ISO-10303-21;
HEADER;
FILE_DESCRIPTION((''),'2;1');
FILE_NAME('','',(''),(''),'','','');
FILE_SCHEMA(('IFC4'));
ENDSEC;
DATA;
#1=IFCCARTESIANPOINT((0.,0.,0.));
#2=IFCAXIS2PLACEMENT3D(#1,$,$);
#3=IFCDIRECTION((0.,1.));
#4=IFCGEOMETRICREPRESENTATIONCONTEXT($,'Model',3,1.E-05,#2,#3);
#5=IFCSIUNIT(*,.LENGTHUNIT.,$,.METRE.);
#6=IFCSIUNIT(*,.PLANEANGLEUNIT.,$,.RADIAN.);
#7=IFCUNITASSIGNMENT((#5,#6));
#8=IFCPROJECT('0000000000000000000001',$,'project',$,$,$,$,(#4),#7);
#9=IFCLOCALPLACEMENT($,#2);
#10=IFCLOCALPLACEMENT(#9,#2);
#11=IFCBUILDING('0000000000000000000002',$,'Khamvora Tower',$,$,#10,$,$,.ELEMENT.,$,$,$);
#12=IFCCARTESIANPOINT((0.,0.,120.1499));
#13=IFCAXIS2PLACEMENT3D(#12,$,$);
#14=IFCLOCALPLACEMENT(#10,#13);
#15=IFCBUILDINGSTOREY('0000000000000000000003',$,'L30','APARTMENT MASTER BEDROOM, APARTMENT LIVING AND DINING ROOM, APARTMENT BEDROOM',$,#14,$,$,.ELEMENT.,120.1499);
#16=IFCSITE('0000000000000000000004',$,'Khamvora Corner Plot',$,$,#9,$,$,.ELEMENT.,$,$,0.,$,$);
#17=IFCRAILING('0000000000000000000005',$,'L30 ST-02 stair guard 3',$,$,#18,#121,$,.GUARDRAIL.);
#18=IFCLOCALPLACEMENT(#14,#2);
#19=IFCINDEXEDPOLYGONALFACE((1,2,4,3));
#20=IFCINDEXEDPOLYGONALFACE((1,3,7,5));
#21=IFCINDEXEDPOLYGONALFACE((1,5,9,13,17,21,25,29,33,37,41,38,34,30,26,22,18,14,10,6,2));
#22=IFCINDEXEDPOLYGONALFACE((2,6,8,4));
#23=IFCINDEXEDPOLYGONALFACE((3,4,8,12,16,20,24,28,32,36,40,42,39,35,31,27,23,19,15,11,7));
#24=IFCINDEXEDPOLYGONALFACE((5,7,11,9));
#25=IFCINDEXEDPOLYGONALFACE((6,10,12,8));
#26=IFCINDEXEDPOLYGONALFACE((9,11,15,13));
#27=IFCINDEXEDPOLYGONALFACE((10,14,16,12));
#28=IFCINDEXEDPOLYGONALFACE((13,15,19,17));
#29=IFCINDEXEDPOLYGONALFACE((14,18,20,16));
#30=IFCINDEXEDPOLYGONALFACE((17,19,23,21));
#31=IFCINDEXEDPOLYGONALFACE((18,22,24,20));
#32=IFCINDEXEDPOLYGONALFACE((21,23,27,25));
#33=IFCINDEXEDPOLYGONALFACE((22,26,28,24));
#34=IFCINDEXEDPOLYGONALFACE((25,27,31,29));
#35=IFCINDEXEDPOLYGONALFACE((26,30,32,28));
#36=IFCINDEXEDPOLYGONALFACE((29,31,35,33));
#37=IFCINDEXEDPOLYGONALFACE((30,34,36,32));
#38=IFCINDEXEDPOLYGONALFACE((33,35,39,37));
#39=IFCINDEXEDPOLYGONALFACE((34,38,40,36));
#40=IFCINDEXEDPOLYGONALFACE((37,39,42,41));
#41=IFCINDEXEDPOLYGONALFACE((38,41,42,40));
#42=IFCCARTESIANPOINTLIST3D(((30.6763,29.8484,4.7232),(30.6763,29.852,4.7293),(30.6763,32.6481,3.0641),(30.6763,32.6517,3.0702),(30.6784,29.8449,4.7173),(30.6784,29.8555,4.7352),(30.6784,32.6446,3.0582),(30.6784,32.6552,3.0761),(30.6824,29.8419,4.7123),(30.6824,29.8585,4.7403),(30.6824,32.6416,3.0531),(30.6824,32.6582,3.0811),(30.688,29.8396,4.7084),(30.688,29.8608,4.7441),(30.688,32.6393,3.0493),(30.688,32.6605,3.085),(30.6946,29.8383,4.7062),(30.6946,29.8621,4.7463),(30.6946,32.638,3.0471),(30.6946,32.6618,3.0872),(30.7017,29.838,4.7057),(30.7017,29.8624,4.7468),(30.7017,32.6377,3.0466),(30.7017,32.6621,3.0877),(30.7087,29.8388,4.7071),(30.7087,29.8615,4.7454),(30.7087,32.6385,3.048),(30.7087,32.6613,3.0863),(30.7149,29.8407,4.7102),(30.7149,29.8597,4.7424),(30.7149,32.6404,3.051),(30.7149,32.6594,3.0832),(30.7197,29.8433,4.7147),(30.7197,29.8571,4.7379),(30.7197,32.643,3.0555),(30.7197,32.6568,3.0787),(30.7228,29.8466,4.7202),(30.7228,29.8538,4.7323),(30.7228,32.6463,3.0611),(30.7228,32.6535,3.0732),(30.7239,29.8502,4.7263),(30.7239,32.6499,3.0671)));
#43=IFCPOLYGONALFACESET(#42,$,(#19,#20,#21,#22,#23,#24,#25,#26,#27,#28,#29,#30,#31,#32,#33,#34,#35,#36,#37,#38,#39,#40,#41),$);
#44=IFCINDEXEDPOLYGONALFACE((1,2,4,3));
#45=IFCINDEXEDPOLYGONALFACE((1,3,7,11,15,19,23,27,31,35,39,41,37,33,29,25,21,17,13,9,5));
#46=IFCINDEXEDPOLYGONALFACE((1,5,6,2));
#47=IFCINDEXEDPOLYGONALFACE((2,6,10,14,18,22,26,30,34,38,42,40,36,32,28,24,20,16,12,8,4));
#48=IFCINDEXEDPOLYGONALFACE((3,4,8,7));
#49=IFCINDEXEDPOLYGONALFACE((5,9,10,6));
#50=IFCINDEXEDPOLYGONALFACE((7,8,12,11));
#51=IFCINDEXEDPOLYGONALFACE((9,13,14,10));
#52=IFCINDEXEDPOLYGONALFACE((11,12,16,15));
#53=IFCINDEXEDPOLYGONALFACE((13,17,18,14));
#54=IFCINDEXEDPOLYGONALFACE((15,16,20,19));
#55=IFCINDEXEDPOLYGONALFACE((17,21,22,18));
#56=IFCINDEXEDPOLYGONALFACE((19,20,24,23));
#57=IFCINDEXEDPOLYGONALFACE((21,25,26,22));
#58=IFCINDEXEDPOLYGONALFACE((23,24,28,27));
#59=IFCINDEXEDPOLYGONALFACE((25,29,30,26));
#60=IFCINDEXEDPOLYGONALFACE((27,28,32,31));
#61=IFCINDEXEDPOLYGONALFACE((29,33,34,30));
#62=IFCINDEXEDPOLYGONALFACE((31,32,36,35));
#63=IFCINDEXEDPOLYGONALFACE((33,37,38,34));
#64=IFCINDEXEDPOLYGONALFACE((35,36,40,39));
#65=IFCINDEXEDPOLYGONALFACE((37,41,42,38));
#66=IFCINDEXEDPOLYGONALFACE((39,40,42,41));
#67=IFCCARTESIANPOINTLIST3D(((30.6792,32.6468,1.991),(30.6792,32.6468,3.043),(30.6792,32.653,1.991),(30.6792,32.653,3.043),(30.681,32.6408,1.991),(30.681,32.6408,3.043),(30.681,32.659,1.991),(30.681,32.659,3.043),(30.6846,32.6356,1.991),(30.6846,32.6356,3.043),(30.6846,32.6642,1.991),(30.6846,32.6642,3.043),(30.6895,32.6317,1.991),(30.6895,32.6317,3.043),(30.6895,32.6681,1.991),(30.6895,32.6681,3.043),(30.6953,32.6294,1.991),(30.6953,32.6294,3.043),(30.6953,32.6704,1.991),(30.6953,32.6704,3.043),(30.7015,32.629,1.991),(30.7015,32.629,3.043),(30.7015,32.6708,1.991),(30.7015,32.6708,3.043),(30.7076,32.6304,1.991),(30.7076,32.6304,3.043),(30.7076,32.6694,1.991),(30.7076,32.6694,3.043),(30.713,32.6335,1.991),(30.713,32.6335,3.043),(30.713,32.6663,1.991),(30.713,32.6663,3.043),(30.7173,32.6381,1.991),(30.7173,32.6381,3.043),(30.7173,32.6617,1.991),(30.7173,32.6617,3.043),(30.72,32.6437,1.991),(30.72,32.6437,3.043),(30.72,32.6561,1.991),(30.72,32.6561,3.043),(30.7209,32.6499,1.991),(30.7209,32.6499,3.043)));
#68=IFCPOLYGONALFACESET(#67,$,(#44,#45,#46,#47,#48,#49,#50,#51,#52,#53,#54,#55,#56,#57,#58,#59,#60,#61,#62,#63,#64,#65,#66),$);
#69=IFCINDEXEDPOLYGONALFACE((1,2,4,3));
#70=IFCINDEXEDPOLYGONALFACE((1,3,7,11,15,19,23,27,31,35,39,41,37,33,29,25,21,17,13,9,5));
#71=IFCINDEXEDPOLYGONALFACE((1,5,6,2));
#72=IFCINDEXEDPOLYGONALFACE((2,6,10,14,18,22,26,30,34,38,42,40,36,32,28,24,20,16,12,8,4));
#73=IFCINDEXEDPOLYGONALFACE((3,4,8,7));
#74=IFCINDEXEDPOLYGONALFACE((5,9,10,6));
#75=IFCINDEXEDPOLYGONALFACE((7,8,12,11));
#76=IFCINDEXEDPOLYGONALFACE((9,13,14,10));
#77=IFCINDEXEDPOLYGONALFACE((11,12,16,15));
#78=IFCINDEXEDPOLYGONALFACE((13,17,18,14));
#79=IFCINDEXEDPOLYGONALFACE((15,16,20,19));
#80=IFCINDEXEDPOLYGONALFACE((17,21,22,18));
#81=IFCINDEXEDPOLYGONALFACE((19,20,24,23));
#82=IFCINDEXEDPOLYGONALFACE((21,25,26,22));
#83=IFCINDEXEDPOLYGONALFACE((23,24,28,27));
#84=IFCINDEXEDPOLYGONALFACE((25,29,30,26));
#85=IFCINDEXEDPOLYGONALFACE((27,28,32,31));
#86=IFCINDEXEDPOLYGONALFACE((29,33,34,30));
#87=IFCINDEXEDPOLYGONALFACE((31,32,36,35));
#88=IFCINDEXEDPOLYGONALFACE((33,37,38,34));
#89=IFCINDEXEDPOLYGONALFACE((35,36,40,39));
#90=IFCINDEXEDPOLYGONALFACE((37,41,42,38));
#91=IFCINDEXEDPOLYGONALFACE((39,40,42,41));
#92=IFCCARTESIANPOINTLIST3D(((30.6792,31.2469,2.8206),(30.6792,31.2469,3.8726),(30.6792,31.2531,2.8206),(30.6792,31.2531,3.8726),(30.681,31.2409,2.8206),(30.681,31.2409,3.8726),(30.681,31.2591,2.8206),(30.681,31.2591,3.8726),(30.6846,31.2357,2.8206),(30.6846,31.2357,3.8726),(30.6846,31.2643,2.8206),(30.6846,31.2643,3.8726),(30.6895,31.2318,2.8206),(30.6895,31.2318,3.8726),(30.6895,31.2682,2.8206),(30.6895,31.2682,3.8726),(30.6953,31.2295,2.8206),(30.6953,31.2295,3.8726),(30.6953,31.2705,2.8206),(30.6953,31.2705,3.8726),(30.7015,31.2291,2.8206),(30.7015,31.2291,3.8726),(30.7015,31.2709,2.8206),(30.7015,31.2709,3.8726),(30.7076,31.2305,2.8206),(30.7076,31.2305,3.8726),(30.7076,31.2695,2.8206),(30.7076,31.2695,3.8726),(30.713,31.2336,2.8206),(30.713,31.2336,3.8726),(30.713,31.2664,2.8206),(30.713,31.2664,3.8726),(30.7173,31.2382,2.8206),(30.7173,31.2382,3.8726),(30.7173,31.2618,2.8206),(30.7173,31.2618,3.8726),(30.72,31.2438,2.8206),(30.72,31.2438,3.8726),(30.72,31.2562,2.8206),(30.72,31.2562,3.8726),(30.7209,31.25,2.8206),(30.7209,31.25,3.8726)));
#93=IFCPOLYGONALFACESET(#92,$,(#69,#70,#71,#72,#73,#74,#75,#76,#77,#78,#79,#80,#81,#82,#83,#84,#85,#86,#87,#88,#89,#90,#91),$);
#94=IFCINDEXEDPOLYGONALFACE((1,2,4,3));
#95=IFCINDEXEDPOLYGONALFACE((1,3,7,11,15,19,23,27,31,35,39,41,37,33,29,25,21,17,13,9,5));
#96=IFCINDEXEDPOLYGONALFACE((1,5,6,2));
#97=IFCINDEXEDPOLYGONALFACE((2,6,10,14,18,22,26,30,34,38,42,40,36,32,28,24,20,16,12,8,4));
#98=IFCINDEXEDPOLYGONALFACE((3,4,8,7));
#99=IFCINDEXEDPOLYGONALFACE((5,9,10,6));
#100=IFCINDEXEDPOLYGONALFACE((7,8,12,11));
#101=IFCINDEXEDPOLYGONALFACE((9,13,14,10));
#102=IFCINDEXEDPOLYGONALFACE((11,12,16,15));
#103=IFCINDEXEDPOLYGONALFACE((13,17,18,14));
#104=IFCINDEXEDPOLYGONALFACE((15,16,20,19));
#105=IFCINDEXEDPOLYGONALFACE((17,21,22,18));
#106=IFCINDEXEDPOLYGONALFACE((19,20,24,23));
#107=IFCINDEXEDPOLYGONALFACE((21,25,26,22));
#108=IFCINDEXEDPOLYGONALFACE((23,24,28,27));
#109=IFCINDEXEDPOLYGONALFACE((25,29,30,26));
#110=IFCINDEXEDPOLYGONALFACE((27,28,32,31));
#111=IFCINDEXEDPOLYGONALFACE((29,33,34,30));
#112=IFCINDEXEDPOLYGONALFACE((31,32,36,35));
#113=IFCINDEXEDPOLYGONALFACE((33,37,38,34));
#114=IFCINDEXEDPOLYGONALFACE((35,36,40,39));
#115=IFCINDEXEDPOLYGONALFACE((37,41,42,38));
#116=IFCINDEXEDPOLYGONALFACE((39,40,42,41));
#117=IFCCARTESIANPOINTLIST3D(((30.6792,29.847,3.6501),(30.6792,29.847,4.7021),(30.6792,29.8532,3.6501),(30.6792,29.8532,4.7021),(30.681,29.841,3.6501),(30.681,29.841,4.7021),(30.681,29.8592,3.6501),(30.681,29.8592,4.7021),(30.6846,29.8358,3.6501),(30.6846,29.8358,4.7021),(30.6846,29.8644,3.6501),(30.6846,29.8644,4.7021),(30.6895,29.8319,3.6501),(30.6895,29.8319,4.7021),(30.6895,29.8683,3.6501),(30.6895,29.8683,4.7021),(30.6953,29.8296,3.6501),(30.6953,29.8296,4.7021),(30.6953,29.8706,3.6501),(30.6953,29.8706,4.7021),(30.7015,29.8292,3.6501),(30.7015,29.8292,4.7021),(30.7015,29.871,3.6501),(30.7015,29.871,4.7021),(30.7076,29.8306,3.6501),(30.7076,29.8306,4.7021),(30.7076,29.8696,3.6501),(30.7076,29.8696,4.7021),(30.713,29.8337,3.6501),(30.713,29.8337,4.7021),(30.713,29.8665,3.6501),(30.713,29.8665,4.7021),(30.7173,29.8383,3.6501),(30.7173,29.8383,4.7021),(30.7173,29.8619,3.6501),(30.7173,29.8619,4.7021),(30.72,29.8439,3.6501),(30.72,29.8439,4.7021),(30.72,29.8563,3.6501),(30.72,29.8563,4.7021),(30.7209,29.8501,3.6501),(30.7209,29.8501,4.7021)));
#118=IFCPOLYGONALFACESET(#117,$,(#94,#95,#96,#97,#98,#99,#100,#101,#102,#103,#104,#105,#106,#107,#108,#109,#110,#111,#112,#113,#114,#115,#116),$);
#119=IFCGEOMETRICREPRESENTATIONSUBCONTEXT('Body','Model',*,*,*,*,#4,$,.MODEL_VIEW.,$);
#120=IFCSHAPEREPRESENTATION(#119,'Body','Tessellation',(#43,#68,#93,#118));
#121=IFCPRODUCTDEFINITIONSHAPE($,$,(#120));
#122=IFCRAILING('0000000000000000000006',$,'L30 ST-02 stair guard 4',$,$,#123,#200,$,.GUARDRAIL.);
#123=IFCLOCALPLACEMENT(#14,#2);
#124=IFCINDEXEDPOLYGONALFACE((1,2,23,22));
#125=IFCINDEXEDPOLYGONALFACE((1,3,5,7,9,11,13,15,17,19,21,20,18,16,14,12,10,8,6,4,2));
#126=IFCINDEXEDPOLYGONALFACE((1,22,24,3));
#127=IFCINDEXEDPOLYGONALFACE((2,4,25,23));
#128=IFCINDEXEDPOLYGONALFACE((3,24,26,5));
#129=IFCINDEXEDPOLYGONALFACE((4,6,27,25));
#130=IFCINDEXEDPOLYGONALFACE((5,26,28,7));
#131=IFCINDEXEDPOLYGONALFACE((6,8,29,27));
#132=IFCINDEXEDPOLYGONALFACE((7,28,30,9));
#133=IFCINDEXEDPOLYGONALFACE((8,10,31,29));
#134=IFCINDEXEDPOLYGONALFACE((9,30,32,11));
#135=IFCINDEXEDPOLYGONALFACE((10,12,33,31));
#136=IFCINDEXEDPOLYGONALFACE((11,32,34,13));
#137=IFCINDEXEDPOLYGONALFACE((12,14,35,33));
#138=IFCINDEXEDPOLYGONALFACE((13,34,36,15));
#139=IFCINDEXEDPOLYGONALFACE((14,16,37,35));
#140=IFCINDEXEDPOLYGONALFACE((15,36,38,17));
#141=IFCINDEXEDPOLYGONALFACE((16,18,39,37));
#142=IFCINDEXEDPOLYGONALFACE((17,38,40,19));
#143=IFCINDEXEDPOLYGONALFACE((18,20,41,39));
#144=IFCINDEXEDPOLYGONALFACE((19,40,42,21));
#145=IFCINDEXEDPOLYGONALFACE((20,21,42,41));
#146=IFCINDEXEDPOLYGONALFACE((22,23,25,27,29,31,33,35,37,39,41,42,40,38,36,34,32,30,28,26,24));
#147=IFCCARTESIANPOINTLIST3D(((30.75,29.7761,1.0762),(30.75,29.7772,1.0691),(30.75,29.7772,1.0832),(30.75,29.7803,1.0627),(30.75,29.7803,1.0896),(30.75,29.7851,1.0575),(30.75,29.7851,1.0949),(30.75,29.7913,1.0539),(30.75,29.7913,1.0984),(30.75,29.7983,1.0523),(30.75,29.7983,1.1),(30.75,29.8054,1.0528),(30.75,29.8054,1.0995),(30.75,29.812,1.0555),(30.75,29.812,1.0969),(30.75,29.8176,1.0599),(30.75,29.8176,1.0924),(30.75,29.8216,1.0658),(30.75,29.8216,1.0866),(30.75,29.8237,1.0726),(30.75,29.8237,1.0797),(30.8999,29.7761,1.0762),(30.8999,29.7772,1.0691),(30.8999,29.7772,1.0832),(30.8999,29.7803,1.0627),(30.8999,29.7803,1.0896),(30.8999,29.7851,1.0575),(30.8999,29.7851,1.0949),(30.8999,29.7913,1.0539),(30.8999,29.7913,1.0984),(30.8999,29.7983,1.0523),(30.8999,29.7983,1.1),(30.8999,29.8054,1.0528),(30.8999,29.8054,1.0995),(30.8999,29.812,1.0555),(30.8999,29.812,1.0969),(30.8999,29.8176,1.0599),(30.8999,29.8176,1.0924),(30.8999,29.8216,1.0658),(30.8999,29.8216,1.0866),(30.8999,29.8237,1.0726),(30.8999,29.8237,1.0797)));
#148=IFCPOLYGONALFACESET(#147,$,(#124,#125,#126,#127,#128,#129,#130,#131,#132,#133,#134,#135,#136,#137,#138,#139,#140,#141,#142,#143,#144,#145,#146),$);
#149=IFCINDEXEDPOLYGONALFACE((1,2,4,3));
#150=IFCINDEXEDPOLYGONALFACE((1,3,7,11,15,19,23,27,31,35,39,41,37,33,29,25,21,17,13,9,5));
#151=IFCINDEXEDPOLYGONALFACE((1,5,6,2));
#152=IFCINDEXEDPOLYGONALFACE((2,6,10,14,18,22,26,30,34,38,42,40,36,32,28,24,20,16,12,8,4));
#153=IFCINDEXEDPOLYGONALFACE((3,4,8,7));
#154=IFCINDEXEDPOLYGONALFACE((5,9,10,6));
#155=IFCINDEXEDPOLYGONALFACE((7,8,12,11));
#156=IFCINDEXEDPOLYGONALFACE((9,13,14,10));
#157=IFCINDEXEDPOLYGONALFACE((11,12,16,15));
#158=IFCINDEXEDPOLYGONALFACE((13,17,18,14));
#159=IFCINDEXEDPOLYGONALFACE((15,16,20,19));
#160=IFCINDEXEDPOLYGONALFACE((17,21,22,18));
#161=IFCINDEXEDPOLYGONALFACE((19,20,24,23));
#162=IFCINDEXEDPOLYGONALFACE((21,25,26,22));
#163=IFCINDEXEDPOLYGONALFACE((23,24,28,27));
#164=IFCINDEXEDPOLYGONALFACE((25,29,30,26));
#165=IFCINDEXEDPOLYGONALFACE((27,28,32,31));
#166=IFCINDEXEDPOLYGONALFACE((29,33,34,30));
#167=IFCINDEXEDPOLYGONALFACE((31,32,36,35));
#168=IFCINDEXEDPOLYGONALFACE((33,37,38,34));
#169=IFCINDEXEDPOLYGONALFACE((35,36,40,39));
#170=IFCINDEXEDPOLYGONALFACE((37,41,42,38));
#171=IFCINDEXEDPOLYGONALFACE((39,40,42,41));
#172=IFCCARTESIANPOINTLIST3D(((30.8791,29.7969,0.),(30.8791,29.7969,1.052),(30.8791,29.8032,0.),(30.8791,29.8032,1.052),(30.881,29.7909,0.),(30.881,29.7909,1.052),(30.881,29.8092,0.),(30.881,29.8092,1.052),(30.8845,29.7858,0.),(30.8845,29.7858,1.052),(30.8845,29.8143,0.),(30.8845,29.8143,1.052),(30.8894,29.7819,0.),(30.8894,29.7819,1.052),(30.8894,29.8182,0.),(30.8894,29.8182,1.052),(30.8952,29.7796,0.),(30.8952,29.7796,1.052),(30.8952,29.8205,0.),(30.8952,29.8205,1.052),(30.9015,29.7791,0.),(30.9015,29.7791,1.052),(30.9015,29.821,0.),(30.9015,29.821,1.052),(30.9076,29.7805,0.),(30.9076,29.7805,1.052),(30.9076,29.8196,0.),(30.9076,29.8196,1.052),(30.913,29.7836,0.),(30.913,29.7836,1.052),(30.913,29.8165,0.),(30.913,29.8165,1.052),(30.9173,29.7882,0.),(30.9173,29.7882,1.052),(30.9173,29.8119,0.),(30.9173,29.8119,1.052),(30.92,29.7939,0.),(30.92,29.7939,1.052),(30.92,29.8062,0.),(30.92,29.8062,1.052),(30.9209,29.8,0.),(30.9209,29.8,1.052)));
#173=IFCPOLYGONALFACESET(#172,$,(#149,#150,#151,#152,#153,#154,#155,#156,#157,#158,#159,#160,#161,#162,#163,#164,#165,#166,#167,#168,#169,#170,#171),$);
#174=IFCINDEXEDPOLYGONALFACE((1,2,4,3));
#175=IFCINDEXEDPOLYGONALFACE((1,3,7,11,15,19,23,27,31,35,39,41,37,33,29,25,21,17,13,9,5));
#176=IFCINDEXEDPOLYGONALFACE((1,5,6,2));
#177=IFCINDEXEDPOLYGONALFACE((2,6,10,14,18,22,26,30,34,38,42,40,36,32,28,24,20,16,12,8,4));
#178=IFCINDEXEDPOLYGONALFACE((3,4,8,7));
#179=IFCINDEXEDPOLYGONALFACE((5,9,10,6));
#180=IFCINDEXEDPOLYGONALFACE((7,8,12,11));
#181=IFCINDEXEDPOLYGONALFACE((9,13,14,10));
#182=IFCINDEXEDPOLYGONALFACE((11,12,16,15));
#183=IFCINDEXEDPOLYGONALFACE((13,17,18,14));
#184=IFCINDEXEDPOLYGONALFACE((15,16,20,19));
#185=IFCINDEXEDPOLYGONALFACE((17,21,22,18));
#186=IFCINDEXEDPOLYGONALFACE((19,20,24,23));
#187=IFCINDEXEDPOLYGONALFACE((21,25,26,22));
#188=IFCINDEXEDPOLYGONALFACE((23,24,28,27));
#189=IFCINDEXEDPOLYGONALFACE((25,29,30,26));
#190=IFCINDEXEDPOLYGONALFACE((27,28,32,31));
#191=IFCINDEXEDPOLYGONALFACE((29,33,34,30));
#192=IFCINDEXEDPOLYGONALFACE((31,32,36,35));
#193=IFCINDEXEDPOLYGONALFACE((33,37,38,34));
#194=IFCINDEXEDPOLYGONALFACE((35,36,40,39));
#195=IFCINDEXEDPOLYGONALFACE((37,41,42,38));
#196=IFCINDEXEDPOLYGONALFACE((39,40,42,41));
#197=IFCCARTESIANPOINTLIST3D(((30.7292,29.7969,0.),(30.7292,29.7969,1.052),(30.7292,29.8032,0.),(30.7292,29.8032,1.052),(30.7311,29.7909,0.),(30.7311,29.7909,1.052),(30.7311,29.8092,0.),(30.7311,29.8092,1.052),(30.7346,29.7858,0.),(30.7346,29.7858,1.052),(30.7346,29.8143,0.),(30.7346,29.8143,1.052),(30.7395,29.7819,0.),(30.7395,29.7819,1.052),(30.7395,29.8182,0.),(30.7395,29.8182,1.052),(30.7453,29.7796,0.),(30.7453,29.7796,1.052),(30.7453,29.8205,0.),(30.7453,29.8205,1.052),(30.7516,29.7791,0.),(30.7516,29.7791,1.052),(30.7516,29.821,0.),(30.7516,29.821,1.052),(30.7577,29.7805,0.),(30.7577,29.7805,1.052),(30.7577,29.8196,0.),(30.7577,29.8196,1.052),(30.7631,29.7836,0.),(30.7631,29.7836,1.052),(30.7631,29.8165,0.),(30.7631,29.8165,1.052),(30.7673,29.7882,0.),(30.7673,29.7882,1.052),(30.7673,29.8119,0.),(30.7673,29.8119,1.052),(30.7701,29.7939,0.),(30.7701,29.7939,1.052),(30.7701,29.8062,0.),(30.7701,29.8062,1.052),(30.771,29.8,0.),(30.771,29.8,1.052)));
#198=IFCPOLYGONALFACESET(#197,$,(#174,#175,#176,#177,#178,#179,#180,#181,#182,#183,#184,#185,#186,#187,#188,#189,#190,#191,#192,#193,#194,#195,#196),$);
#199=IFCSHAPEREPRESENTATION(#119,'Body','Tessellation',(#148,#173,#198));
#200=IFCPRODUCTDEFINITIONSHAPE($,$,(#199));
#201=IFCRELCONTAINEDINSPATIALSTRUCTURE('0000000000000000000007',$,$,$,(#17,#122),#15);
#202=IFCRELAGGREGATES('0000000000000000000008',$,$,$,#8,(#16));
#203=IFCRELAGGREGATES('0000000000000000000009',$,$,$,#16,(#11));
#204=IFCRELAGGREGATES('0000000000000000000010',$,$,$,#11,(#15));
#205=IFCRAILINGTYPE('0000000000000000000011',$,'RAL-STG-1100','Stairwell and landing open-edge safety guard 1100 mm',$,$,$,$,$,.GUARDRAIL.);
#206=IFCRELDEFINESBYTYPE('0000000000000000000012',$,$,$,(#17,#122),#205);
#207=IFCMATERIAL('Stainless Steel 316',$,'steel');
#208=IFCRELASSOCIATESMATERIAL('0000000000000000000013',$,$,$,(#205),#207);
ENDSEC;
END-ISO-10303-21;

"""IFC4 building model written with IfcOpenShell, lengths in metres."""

from ifc_helpers import new_model, si_unit, direction, frame, origin, origin_2d, place, context, subcontext, project, spatial, circle, extrude, material, type_object, element, save


model = new_model("IFC4")

# Units and contexts
model_context = context("Model", 3, precision=1e-05, world=origin(), true_north=direction((0.0, 1.0)))
body_context = subcontext(model_context, "Body", "Model", "MODEL_VIEW")
ifc_project = project(units=[si_unit("LENGTHUNIT", "METRE"), si_unit("PLANEANGLEUNIT", "RADIAN")], contexts=[model_context])

# Site, building, storey
site_placement = place(None, origin())
site = spatial("IfcSite", under=ifc_project, at=site_placement, Name="Khamvora Corner Plot", CompositionType="ELEMENT", RefElevation=0.0)
building_placement = place(site_placement, origin())
building = spatial("IfcBuilding", under=site, at=building_placement, Name="Khamvora Tower", CompositionType="ELEMENT")
storey_placement = place(building_placement, frame((0.0, 0.0, 120.1499)))
storey = spatial("IfcBuildingStorey", under=building, at=storey_placement, Name="L30", Description="APARTMENT MASTER BEDROOM, APARTMENT LIVING AND DINING ROOM, APARTMENT BEDROOM", CompositionType="ELEMENT", Elevation=120.1499)

# Railings
ifc_material_1 = material(Name="Stainless Steel 316", Category="steel")
railing_type_1 = type_object("IfcRailingType", Name="RAL-STG-1100", Description="Stairwell and landing open-edge safety guard 1100 mm", PredefinedType="GUARDRAIL", material=ifc_material_1)
railing_1_placement = place(storey_placement, frame((30.7, 32.6499, 1.991)))
element("IfcRailing", 1, at=railing_1_placement, inside=storey, type_object=railing_type_1, Name="L30 ST-02 stair guard 3", PredefinedType="GUARDRAIL", context=body_context, shape_type="SweptSolid", body=[
    extrude(circle(Radius=0.0239, at=origin_2d()), frame((0.0, 0.0, 1.0762), z_axis=(0.0, -0.860287, 0.509811), x_axis=(1.0, 0.0, 0.0)), (0.0, 0.0, 1.0), 3.2544),
    extrude(circle(Radius=0.021, at=origin_2d()), origin(), (0.0, 0.0, 1.0), 1.052),
    extrude(circle(Radius=0.021, at=origin_2d()), frame((0.0, -1.3999, 0.8296)), (0.0, 0.0, 1.0), 1.052),
    extrude(circle(Radius=0.021, at=origin_2d()), frame((0.0, -2.7998, 1.6592)), (0.0, 0.0, 1.0), 1.052),
])
railing_2_placement = place(storey_placement, frame((30.8999, 29.8, 0.0)))
element("IfcRailing", 2, at=railing_2_placement, inside=storey, type_object=railing_type_1, Name="L30 ST-02 stair guard 4", PredefinedType="GUARDRAIL", context=body_context, shape_type="SweptSolid", body=[
    extrude(circle(Radius=0.0239, at=origin_2d()), frame((0.0, 0.0, 1.0762), z_axis=(-1.0, 0.0, 0.0), x_axis=(0.0, -1.0, 0.0)), (0.0, 0.0, 1.0), 0.1499),
    extrude(circle(Radius=0.021, at=origin_2d()), origin(), (0.0, 0.0, 1.0), 1.052),
    extrude(circle(Radius=0.021, at=origin_2d()), frame((-0.1499, 0.0, 0.0)), (0.0, 0.0, 1.0), 1.052),
])

save(model, "model.ifc")
